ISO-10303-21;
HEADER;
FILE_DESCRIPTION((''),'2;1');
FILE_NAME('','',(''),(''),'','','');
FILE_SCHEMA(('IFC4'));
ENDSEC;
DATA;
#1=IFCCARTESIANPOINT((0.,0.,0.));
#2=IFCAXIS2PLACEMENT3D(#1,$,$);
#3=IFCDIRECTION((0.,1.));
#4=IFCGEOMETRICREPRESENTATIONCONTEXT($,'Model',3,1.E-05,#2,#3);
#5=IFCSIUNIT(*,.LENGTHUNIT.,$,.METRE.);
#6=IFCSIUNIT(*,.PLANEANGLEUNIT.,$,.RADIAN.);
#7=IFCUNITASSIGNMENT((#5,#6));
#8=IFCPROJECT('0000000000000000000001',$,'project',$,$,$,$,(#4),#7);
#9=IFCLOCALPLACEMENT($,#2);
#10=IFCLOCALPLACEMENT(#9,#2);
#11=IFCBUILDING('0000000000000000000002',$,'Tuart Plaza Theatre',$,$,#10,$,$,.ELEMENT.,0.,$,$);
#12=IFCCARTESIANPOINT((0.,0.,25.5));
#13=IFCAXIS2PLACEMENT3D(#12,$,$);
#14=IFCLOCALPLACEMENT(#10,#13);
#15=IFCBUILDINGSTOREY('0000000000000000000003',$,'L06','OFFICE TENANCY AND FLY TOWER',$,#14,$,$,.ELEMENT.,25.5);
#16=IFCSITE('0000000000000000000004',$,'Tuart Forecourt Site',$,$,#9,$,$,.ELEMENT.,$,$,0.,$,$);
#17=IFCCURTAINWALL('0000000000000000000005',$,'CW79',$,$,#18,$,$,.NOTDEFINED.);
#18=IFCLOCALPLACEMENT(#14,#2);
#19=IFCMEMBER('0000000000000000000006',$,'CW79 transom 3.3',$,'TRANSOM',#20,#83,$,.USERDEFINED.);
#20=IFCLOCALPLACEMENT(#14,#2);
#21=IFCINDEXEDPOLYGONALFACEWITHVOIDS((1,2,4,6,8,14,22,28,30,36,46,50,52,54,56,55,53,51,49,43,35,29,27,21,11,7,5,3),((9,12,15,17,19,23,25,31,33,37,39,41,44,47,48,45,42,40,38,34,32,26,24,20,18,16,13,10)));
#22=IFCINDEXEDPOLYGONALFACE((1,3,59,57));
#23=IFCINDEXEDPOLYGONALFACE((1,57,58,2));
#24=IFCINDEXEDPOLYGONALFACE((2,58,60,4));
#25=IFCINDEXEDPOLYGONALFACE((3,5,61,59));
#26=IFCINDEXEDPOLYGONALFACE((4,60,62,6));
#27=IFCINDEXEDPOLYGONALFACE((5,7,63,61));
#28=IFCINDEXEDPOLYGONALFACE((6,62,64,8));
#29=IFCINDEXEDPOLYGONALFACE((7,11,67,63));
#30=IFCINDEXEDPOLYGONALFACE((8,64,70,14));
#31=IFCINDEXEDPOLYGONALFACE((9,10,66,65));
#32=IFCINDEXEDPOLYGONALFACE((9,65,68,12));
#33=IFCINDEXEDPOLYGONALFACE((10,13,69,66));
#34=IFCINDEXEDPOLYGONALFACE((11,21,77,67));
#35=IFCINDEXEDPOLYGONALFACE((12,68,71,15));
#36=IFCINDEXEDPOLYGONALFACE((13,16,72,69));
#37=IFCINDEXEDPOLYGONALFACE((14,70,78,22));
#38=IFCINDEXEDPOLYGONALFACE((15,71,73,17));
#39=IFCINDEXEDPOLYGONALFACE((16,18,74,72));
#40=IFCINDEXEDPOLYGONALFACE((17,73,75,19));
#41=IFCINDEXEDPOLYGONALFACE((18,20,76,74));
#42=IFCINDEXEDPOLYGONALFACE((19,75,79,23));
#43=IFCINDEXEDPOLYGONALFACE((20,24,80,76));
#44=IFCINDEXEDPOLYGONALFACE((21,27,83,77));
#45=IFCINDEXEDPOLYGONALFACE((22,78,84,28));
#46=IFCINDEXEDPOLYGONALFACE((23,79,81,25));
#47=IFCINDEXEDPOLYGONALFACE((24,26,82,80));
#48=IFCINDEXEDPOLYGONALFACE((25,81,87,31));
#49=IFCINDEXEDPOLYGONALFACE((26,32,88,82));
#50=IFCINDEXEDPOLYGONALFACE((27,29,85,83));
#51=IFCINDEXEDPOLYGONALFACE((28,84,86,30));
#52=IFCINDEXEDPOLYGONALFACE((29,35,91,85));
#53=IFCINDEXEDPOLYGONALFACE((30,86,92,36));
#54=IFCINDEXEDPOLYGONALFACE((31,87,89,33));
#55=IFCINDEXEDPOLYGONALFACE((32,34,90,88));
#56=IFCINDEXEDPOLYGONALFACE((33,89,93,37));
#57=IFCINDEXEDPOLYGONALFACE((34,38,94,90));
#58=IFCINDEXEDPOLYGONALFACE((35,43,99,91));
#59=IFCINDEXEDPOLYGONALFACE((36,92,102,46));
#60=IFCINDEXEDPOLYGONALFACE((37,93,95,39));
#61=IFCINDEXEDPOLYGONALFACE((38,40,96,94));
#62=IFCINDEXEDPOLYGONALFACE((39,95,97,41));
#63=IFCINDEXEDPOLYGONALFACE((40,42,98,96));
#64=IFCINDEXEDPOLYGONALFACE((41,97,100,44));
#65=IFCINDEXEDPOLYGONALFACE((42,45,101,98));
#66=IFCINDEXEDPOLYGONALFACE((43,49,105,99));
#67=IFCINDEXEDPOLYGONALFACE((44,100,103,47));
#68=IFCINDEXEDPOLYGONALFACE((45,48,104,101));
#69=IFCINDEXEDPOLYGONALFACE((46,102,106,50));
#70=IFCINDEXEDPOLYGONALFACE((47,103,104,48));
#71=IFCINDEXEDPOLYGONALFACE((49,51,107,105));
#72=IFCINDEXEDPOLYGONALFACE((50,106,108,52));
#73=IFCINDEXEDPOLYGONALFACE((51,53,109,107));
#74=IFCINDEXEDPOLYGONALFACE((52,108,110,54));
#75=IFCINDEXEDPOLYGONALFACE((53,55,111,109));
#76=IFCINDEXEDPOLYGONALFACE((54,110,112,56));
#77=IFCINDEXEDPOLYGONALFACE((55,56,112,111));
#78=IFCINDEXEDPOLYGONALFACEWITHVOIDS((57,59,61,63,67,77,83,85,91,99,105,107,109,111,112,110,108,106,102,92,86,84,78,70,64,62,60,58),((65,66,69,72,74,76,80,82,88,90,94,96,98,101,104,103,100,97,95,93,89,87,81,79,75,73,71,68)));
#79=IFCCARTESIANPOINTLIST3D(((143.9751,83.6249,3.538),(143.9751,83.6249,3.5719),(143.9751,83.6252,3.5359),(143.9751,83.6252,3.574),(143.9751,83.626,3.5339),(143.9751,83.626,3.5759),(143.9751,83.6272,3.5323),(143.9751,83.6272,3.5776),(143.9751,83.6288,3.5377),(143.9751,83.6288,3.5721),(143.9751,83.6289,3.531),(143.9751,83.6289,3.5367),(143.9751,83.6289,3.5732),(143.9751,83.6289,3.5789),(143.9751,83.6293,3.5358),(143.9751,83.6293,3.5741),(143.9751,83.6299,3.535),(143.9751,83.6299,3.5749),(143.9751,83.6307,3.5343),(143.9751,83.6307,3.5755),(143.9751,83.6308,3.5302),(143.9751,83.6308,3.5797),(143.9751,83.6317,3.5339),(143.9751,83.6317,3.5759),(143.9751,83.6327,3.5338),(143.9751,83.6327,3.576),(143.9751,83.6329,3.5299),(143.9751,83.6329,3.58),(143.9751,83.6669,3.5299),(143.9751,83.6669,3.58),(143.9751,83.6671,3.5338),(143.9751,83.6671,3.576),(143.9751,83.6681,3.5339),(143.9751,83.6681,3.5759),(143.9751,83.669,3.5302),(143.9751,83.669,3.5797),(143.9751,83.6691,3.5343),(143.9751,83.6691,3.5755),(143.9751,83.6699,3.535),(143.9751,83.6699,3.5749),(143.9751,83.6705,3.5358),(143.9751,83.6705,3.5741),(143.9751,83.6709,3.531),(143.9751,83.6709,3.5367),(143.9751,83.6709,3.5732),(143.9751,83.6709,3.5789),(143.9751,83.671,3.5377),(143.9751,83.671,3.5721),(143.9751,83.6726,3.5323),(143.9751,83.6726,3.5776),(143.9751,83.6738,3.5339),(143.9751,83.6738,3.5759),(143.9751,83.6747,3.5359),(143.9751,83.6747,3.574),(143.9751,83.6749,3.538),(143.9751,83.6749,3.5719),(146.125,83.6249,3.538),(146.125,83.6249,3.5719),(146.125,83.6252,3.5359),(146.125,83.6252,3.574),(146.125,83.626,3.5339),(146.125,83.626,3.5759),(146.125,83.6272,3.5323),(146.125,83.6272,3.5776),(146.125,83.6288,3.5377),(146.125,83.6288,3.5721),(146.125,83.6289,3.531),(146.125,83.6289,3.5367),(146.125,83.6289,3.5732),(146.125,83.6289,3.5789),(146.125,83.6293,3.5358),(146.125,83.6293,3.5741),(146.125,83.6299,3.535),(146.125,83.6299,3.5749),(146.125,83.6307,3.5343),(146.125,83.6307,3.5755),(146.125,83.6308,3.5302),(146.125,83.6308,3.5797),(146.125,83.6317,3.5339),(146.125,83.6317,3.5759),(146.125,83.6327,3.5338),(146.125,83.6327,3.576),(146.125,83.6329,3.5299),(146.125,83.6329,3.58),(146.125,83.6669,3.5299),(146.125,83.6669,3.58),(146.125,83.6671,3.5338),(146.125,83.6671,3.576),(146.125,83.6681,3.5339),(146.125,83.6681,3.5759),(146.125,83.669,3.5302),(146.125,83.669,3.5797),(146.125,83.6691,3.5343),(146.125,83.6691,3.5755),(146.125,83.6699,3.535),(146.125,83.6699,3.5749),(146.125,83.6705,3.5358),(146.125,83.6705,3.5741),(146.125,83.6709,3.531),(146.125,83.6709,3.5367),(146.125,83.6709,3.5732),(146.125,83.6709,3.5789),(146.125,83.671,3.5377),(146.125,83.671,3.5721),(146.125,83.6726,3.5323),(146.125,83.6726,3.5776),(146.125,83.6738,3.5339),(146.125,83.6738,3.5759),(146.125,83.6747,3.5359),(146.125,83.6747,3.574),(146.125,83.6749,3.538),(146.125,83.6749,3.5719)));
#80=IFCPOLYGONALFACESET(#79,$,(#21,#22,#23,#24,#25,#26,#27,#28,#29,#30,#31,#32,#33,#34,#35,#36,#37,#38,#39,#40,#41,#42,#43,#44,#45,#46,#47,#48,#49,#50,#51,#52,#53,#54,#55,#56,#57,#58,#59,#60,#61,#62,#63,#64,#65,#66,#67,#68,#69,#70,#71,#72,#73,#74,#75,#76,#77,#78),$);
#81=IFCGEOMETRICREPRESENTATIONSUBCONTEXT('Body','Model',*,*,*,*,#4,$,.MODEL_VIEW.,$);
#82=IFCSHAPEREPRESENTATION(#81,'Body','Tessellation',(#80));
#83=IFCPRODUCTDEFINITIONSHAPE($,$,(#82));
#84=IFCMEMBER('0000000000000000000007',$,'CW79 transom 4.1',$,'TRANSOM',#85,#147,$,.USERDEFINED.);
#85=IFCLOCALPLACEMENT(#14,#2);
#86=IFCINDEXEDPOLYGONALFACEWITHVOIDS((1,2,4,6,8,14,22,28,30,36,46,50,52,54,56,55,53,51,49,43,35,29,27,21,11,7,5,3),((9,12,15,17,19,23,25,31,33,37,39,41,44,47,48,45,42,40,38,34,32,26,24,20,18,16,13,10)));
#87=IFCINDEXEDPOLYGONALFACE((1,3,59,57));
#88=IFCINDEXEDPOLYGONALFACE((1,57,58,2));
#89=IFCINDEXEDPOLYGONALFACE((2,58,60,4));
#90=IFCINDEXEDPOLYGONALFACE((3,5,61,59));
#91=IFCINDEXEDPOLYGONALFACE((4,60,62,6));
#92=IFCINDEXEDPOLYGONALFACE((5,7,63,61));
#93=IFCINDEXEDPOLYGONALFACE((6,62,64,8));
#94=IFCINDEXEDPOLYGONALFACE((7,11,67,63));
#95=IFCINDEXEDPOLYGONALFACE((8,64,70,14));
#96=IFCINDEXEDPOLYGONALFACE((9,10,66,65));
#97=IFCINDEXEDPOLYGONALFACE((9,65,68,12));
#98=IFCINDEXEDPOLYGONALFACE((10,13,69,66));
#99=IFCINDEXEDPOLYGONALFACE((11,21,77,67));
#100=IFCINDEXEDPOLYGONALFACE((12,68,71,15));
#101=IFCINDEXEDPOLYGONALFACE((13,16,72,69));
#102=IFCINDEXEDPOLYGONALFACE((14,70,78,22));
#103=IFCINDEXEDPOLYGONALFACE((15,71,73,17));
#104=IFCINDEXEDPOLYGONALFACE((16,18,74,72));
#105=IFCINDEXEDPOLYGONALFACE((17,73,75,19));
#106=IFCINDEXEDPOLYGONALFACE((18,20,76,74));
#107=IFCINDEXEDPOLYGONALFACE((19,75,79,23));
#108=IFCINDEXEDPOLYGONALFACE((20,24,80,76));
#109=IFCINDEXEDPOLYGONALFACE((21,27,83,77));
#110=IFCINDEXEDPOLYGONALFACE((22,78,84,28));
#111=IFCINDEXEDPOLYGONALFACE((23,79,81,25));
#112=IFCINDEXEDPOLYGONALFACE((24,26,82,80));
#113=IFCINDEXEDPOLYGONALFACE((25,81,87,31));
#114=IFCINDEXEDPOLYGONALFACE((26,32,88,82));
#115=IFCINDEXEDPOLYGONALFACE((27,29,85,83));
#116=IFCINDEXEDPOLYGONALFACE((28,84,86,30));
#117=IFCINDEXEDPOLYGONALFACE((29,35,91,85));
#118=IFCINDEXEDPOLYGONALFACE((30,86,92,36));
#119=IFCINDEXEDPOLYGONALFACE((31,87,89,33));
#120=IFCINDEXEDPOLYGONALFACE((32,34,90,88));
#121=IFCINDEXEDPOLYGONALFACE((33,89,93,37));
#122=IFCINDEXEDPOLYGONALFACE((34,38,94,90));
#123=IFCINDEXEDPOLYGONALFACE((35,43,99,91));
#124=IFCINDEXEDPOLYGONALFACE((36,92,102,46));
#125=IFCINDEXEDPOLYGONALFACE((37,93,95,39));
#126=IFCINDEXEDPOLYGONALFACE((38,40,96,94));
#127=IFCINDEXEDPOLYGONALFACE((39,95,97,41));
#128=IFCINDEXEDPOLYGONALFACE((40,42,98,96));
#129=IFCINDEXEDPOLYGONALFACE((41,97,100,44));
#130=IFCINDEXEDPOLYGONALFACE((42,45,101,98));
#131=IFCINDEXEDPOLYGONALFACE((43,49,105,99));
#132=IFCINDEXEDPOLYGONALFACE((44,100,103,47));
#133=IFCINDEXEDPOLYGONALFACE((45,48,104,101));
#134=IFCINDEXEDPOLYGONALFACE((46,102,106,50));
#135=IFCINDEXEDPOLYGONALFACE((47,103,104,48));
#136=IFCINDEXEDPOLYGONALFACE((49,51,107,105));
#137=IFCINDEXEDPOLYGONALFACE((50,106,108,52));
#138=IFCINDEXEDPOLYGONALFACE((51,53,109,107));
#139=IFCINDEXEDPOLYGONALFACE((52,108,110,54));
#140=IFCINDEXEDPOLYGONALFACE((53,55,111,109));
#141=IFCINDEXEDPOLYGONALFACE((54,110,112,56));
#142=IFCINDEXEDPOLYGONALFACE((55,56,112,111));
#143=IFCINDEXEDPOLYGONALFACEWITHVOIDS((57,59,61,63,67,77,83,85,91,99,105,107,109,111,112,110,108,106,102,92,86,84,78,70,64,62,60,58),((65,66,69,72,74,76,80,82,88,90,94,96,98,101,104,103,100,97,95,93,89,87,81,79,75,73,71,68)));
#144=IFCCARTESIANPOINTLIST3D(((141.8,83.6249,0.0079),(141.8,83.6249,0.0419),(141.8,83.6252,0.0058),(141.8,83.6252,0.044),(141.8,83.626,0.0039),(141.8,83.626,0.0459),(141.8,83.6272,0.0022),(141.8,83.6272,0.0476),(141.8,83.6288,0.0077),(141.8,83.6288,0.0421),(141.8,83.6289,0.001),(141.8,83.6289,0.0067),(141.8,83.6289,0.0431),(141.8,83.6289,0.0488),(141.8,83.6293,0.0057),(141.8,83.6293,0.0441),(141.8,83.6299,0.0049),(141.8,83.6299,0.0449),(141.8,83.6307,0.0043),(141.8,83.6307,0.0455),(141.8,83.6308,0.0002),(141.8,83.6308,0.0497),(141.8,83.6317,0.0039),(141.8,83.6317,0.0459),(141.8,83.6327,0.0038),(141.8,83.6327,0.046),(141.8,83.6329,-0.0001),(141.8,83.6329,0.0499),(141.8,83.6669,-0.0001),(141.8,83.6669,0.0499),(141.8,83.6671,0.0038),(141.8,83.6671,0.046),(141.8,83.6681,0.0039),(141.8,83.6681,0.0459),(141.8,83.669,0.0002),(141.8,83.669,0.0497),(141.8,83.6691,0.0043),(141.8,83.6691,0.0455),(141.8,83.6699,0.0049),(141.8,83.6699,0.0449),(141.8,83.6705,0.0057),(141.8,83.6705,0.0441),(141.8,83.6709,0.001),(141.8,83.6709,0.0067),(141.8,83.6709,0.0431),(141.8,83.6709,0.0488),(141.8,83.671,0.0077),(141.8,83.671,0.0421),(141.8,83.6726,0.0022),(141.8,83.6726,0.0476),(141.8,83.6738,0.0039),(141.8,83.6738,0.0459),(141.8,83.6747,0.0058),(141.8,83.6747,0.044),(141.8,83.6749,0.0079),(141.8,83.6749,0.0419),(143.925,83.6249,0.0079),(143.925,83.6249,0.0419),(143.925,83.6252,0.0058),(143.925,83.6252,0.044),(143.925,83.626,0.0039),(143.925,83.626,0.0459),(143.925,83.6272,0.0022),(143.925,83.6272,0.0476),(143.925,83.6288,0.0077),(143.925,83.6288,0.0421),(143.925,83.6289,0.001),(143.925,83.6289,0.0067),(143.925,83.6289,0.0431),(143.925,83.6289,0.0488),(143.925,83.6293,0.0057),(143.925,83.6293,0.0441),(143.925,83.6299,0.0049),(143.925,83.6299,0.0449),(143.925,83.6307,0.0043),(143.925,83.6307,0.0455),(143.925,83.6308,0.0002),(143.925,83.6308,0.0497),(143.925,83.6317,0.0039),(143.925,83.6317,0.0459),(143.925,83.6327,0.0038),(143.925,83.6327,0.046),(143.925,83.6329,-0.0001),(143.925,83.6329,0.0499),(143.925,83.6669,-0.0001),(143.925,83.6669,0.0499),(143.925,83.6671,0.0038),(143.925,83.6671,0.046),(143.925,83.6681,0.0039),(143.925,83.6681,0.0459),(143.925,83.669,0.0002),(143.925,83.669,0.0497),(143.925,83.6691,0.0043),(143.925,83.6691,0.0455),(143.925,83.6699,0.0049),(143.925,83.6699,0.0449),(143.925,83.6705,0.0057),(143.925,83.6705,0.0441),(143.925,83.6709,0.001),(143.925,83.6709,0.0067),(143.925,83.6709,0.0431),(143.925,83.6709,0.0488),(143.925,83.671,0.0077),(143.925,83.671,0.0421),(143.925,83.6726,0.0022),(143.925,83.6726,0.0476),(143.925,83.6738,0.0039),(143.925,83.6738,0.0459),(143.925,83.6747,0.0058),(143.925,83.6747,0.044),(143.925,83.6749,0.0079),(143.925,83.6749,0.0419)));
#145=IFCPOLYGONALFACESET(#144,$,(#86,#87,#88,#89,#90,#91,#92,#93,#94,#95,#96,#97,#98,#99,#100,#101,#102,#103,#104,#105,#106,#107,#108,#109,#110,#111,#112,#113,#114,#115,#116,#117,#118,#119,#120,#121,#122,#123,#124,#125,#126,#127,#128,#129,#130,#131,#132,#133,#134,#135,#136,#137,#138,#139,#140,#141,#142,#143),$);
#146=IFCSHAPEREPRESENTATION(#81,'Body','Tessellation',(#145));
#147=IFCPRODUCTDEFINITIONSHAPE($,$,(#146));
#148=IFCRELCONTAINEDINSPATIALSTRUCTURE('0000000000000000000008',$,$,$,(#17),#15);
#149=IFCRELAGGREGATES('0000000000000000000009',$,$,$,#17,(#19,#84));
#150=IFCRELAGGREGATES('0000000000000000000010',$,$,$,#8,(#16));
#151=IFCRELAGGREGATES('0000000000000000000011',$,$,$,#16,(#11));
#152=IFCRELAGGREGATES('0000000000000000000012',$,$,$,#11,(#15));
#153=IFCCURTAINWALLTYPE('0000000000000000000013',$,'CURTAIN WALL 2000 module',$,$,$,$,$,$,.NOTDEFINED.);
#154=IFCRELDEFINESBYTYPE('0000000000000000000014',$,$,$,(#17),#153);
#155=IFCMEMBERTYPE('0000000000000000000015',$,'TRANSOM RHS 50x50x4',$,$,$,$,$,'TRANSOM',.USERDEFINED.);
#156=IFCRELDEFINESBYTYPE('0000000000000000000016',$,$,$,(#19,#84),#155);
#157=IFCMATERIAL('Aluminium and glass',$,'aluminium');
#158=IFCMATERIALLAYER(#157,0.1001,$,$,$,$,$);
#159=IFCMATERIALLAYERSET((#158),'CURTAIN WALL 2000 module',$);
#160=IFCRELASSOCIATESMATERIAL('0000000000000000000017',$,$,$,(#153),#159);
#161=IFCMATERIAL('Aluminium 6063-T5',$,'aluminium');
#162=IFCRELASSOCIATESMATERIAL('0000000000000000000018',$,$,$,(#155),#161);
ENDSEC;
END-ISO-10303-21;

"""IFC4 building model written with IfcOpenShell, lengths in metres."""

from ifc_helpers import new_model, si_unit, direction, frame, origin, origin_2d, place, context, subcontext, project, spatial, hollow_rectangle, extrude, material, layer, layer_set, material_profile, profile_set, type_object, element, aggregate, save


model = new_model("IFC4")

# Units and contexts
model_context = context("Model", 3, precision=1e-05, world=origin(), true_north=direction((0.0, 1.0)))
body_context = subcontext(model_context, "Body", "Model", "MODEL_VIEW")
ifc_project = project(units=[si_unit("LENGTHUNIT", "METRE"), si_unit("PLANEANGLEUNIT", "RADIAN")], contexts=[model_context])

# Site, building, storey
site_placement = place(None, origin())
site = spatial("IfcSite", under=ifc_project, at=site_placement, Name="Tuart Forecourt Site", CompositionType="ELEMENT", RefElevation=0.0)
building_placement = place(site_placement, origin())
building = spatial("IfcBuilding", under=site, at=building_placement, Name="Tuart Plaza Theatre", CompositionType="ELEMENT", ElevationOfRefHeight=0.0)
storey_placement = place(building_placement, frame((0.0, 0.0, 25.5)))
storey = spatial("IfcBuildingStorey", under=building, at=storey_placement, Name="L06", Description="OFFICE TENANCY AND FLY TOWER", CompositionType="ELEMENT", Elevation=25.5)

# Shared definitions
ifc_material_1 = material(Name="Aluminium and glass", Category="aluminium")
ifc_layer_1 = layer(ifc_material_1, 0.1001)
ifc_layer_set_1 = layer_set([ifc_layer_1], Name="CURTAIN WALL 2000 module")
curtain_wall_type = type_object("IfcCurtainWallType", Name="CURTAIN WALL 2000 module", PredefinedType="NOTDEFINED", material=ifc_layer_set_1)

# Curtain wall
curtain_wall_1_placement = place(storey_placement, origin())
curtain_wall_1 = element("IfcCurtainWall", 1, at=curtain_wall_1_placement, inside=storey, type_object=curtain_wall_type, Name="CW79", PredefinedType="NOTDEFINED")

# Members
ifc_material_2 = material(Name="Aluminium 6063-T5", Category="aluminium")
ifc_material_profile_1 = material_profile(ifc_material_2, hollow_rectangle(XDim=0.05, YDim=0.05, WallThickness=0.0039, InnerFilletRadius=0.0039, OuterFilletRadius=0.0081, at=origin_2d()), Name="RHS 50x50x4")
ifc_profile_set_1 = profile_set([ifc_material_profile_1], Name="Aluminium 6063-T5")
member_type_1 = type_object("IfcMemberType", Name="TRANSOM RHS 50x50x4", ElementType="TRANSOM", PredefinedType="USERDEFINED", material=ifc_profile_set_1)
member_1_placement = place(storey_placement, frame((146.125, 83.6499, 3.5549), z_axis=(-1.0, 0.0, 0.0), x_axis=(0.0, -1.0, 0.0)))
member_1 = element("IfcMember", 2, at=member_1_placement, type_object=member_type_1, Name="CW79 transom 3.3", ObjectType="TRANSOM", PredefinedType="USERDEFINED", context=body_context, shape_type="SweptSolid", body=[
    extrude(hollow_rectangle(XDim=0.05, YDim=0.05, WallThickness=0.0039, InnerFilletRadius=0.0039, OuterFilletRadius=0.0081, at=origin_2d()), origin(), (0.0, 0.0, 1.0), 2.1499),
])
member_2_placement = place(storey_placement, frame((143.925, 83.6499, 0.0249), z_axis=(-1.0, 0.0, 0.0), x_axis=(0.0, -1.0, 0.0)))
member_2 = element("IfcMember", 3, at=member_2_placement, type_object=member_type_1, Name="CW79 transom 4.1", ObjectType="TRANSOM", PredefinedType="USERDEFINED", context=body_context, shape_type="SweptSolid", body=[
    extrude(hollow_rectangle(XDim=0.05, YDim=0.05, WallThickness=0.0039, InnerFilletRadius=0.0039, OuterFilletRadius=0.0081, at=origin_2d()), origin(), (0.0, 0.0, 1.0), 2.125),
])

aggregate(curtain_wall_1, [member_1, member_2])

save(model, "model.ifc")
